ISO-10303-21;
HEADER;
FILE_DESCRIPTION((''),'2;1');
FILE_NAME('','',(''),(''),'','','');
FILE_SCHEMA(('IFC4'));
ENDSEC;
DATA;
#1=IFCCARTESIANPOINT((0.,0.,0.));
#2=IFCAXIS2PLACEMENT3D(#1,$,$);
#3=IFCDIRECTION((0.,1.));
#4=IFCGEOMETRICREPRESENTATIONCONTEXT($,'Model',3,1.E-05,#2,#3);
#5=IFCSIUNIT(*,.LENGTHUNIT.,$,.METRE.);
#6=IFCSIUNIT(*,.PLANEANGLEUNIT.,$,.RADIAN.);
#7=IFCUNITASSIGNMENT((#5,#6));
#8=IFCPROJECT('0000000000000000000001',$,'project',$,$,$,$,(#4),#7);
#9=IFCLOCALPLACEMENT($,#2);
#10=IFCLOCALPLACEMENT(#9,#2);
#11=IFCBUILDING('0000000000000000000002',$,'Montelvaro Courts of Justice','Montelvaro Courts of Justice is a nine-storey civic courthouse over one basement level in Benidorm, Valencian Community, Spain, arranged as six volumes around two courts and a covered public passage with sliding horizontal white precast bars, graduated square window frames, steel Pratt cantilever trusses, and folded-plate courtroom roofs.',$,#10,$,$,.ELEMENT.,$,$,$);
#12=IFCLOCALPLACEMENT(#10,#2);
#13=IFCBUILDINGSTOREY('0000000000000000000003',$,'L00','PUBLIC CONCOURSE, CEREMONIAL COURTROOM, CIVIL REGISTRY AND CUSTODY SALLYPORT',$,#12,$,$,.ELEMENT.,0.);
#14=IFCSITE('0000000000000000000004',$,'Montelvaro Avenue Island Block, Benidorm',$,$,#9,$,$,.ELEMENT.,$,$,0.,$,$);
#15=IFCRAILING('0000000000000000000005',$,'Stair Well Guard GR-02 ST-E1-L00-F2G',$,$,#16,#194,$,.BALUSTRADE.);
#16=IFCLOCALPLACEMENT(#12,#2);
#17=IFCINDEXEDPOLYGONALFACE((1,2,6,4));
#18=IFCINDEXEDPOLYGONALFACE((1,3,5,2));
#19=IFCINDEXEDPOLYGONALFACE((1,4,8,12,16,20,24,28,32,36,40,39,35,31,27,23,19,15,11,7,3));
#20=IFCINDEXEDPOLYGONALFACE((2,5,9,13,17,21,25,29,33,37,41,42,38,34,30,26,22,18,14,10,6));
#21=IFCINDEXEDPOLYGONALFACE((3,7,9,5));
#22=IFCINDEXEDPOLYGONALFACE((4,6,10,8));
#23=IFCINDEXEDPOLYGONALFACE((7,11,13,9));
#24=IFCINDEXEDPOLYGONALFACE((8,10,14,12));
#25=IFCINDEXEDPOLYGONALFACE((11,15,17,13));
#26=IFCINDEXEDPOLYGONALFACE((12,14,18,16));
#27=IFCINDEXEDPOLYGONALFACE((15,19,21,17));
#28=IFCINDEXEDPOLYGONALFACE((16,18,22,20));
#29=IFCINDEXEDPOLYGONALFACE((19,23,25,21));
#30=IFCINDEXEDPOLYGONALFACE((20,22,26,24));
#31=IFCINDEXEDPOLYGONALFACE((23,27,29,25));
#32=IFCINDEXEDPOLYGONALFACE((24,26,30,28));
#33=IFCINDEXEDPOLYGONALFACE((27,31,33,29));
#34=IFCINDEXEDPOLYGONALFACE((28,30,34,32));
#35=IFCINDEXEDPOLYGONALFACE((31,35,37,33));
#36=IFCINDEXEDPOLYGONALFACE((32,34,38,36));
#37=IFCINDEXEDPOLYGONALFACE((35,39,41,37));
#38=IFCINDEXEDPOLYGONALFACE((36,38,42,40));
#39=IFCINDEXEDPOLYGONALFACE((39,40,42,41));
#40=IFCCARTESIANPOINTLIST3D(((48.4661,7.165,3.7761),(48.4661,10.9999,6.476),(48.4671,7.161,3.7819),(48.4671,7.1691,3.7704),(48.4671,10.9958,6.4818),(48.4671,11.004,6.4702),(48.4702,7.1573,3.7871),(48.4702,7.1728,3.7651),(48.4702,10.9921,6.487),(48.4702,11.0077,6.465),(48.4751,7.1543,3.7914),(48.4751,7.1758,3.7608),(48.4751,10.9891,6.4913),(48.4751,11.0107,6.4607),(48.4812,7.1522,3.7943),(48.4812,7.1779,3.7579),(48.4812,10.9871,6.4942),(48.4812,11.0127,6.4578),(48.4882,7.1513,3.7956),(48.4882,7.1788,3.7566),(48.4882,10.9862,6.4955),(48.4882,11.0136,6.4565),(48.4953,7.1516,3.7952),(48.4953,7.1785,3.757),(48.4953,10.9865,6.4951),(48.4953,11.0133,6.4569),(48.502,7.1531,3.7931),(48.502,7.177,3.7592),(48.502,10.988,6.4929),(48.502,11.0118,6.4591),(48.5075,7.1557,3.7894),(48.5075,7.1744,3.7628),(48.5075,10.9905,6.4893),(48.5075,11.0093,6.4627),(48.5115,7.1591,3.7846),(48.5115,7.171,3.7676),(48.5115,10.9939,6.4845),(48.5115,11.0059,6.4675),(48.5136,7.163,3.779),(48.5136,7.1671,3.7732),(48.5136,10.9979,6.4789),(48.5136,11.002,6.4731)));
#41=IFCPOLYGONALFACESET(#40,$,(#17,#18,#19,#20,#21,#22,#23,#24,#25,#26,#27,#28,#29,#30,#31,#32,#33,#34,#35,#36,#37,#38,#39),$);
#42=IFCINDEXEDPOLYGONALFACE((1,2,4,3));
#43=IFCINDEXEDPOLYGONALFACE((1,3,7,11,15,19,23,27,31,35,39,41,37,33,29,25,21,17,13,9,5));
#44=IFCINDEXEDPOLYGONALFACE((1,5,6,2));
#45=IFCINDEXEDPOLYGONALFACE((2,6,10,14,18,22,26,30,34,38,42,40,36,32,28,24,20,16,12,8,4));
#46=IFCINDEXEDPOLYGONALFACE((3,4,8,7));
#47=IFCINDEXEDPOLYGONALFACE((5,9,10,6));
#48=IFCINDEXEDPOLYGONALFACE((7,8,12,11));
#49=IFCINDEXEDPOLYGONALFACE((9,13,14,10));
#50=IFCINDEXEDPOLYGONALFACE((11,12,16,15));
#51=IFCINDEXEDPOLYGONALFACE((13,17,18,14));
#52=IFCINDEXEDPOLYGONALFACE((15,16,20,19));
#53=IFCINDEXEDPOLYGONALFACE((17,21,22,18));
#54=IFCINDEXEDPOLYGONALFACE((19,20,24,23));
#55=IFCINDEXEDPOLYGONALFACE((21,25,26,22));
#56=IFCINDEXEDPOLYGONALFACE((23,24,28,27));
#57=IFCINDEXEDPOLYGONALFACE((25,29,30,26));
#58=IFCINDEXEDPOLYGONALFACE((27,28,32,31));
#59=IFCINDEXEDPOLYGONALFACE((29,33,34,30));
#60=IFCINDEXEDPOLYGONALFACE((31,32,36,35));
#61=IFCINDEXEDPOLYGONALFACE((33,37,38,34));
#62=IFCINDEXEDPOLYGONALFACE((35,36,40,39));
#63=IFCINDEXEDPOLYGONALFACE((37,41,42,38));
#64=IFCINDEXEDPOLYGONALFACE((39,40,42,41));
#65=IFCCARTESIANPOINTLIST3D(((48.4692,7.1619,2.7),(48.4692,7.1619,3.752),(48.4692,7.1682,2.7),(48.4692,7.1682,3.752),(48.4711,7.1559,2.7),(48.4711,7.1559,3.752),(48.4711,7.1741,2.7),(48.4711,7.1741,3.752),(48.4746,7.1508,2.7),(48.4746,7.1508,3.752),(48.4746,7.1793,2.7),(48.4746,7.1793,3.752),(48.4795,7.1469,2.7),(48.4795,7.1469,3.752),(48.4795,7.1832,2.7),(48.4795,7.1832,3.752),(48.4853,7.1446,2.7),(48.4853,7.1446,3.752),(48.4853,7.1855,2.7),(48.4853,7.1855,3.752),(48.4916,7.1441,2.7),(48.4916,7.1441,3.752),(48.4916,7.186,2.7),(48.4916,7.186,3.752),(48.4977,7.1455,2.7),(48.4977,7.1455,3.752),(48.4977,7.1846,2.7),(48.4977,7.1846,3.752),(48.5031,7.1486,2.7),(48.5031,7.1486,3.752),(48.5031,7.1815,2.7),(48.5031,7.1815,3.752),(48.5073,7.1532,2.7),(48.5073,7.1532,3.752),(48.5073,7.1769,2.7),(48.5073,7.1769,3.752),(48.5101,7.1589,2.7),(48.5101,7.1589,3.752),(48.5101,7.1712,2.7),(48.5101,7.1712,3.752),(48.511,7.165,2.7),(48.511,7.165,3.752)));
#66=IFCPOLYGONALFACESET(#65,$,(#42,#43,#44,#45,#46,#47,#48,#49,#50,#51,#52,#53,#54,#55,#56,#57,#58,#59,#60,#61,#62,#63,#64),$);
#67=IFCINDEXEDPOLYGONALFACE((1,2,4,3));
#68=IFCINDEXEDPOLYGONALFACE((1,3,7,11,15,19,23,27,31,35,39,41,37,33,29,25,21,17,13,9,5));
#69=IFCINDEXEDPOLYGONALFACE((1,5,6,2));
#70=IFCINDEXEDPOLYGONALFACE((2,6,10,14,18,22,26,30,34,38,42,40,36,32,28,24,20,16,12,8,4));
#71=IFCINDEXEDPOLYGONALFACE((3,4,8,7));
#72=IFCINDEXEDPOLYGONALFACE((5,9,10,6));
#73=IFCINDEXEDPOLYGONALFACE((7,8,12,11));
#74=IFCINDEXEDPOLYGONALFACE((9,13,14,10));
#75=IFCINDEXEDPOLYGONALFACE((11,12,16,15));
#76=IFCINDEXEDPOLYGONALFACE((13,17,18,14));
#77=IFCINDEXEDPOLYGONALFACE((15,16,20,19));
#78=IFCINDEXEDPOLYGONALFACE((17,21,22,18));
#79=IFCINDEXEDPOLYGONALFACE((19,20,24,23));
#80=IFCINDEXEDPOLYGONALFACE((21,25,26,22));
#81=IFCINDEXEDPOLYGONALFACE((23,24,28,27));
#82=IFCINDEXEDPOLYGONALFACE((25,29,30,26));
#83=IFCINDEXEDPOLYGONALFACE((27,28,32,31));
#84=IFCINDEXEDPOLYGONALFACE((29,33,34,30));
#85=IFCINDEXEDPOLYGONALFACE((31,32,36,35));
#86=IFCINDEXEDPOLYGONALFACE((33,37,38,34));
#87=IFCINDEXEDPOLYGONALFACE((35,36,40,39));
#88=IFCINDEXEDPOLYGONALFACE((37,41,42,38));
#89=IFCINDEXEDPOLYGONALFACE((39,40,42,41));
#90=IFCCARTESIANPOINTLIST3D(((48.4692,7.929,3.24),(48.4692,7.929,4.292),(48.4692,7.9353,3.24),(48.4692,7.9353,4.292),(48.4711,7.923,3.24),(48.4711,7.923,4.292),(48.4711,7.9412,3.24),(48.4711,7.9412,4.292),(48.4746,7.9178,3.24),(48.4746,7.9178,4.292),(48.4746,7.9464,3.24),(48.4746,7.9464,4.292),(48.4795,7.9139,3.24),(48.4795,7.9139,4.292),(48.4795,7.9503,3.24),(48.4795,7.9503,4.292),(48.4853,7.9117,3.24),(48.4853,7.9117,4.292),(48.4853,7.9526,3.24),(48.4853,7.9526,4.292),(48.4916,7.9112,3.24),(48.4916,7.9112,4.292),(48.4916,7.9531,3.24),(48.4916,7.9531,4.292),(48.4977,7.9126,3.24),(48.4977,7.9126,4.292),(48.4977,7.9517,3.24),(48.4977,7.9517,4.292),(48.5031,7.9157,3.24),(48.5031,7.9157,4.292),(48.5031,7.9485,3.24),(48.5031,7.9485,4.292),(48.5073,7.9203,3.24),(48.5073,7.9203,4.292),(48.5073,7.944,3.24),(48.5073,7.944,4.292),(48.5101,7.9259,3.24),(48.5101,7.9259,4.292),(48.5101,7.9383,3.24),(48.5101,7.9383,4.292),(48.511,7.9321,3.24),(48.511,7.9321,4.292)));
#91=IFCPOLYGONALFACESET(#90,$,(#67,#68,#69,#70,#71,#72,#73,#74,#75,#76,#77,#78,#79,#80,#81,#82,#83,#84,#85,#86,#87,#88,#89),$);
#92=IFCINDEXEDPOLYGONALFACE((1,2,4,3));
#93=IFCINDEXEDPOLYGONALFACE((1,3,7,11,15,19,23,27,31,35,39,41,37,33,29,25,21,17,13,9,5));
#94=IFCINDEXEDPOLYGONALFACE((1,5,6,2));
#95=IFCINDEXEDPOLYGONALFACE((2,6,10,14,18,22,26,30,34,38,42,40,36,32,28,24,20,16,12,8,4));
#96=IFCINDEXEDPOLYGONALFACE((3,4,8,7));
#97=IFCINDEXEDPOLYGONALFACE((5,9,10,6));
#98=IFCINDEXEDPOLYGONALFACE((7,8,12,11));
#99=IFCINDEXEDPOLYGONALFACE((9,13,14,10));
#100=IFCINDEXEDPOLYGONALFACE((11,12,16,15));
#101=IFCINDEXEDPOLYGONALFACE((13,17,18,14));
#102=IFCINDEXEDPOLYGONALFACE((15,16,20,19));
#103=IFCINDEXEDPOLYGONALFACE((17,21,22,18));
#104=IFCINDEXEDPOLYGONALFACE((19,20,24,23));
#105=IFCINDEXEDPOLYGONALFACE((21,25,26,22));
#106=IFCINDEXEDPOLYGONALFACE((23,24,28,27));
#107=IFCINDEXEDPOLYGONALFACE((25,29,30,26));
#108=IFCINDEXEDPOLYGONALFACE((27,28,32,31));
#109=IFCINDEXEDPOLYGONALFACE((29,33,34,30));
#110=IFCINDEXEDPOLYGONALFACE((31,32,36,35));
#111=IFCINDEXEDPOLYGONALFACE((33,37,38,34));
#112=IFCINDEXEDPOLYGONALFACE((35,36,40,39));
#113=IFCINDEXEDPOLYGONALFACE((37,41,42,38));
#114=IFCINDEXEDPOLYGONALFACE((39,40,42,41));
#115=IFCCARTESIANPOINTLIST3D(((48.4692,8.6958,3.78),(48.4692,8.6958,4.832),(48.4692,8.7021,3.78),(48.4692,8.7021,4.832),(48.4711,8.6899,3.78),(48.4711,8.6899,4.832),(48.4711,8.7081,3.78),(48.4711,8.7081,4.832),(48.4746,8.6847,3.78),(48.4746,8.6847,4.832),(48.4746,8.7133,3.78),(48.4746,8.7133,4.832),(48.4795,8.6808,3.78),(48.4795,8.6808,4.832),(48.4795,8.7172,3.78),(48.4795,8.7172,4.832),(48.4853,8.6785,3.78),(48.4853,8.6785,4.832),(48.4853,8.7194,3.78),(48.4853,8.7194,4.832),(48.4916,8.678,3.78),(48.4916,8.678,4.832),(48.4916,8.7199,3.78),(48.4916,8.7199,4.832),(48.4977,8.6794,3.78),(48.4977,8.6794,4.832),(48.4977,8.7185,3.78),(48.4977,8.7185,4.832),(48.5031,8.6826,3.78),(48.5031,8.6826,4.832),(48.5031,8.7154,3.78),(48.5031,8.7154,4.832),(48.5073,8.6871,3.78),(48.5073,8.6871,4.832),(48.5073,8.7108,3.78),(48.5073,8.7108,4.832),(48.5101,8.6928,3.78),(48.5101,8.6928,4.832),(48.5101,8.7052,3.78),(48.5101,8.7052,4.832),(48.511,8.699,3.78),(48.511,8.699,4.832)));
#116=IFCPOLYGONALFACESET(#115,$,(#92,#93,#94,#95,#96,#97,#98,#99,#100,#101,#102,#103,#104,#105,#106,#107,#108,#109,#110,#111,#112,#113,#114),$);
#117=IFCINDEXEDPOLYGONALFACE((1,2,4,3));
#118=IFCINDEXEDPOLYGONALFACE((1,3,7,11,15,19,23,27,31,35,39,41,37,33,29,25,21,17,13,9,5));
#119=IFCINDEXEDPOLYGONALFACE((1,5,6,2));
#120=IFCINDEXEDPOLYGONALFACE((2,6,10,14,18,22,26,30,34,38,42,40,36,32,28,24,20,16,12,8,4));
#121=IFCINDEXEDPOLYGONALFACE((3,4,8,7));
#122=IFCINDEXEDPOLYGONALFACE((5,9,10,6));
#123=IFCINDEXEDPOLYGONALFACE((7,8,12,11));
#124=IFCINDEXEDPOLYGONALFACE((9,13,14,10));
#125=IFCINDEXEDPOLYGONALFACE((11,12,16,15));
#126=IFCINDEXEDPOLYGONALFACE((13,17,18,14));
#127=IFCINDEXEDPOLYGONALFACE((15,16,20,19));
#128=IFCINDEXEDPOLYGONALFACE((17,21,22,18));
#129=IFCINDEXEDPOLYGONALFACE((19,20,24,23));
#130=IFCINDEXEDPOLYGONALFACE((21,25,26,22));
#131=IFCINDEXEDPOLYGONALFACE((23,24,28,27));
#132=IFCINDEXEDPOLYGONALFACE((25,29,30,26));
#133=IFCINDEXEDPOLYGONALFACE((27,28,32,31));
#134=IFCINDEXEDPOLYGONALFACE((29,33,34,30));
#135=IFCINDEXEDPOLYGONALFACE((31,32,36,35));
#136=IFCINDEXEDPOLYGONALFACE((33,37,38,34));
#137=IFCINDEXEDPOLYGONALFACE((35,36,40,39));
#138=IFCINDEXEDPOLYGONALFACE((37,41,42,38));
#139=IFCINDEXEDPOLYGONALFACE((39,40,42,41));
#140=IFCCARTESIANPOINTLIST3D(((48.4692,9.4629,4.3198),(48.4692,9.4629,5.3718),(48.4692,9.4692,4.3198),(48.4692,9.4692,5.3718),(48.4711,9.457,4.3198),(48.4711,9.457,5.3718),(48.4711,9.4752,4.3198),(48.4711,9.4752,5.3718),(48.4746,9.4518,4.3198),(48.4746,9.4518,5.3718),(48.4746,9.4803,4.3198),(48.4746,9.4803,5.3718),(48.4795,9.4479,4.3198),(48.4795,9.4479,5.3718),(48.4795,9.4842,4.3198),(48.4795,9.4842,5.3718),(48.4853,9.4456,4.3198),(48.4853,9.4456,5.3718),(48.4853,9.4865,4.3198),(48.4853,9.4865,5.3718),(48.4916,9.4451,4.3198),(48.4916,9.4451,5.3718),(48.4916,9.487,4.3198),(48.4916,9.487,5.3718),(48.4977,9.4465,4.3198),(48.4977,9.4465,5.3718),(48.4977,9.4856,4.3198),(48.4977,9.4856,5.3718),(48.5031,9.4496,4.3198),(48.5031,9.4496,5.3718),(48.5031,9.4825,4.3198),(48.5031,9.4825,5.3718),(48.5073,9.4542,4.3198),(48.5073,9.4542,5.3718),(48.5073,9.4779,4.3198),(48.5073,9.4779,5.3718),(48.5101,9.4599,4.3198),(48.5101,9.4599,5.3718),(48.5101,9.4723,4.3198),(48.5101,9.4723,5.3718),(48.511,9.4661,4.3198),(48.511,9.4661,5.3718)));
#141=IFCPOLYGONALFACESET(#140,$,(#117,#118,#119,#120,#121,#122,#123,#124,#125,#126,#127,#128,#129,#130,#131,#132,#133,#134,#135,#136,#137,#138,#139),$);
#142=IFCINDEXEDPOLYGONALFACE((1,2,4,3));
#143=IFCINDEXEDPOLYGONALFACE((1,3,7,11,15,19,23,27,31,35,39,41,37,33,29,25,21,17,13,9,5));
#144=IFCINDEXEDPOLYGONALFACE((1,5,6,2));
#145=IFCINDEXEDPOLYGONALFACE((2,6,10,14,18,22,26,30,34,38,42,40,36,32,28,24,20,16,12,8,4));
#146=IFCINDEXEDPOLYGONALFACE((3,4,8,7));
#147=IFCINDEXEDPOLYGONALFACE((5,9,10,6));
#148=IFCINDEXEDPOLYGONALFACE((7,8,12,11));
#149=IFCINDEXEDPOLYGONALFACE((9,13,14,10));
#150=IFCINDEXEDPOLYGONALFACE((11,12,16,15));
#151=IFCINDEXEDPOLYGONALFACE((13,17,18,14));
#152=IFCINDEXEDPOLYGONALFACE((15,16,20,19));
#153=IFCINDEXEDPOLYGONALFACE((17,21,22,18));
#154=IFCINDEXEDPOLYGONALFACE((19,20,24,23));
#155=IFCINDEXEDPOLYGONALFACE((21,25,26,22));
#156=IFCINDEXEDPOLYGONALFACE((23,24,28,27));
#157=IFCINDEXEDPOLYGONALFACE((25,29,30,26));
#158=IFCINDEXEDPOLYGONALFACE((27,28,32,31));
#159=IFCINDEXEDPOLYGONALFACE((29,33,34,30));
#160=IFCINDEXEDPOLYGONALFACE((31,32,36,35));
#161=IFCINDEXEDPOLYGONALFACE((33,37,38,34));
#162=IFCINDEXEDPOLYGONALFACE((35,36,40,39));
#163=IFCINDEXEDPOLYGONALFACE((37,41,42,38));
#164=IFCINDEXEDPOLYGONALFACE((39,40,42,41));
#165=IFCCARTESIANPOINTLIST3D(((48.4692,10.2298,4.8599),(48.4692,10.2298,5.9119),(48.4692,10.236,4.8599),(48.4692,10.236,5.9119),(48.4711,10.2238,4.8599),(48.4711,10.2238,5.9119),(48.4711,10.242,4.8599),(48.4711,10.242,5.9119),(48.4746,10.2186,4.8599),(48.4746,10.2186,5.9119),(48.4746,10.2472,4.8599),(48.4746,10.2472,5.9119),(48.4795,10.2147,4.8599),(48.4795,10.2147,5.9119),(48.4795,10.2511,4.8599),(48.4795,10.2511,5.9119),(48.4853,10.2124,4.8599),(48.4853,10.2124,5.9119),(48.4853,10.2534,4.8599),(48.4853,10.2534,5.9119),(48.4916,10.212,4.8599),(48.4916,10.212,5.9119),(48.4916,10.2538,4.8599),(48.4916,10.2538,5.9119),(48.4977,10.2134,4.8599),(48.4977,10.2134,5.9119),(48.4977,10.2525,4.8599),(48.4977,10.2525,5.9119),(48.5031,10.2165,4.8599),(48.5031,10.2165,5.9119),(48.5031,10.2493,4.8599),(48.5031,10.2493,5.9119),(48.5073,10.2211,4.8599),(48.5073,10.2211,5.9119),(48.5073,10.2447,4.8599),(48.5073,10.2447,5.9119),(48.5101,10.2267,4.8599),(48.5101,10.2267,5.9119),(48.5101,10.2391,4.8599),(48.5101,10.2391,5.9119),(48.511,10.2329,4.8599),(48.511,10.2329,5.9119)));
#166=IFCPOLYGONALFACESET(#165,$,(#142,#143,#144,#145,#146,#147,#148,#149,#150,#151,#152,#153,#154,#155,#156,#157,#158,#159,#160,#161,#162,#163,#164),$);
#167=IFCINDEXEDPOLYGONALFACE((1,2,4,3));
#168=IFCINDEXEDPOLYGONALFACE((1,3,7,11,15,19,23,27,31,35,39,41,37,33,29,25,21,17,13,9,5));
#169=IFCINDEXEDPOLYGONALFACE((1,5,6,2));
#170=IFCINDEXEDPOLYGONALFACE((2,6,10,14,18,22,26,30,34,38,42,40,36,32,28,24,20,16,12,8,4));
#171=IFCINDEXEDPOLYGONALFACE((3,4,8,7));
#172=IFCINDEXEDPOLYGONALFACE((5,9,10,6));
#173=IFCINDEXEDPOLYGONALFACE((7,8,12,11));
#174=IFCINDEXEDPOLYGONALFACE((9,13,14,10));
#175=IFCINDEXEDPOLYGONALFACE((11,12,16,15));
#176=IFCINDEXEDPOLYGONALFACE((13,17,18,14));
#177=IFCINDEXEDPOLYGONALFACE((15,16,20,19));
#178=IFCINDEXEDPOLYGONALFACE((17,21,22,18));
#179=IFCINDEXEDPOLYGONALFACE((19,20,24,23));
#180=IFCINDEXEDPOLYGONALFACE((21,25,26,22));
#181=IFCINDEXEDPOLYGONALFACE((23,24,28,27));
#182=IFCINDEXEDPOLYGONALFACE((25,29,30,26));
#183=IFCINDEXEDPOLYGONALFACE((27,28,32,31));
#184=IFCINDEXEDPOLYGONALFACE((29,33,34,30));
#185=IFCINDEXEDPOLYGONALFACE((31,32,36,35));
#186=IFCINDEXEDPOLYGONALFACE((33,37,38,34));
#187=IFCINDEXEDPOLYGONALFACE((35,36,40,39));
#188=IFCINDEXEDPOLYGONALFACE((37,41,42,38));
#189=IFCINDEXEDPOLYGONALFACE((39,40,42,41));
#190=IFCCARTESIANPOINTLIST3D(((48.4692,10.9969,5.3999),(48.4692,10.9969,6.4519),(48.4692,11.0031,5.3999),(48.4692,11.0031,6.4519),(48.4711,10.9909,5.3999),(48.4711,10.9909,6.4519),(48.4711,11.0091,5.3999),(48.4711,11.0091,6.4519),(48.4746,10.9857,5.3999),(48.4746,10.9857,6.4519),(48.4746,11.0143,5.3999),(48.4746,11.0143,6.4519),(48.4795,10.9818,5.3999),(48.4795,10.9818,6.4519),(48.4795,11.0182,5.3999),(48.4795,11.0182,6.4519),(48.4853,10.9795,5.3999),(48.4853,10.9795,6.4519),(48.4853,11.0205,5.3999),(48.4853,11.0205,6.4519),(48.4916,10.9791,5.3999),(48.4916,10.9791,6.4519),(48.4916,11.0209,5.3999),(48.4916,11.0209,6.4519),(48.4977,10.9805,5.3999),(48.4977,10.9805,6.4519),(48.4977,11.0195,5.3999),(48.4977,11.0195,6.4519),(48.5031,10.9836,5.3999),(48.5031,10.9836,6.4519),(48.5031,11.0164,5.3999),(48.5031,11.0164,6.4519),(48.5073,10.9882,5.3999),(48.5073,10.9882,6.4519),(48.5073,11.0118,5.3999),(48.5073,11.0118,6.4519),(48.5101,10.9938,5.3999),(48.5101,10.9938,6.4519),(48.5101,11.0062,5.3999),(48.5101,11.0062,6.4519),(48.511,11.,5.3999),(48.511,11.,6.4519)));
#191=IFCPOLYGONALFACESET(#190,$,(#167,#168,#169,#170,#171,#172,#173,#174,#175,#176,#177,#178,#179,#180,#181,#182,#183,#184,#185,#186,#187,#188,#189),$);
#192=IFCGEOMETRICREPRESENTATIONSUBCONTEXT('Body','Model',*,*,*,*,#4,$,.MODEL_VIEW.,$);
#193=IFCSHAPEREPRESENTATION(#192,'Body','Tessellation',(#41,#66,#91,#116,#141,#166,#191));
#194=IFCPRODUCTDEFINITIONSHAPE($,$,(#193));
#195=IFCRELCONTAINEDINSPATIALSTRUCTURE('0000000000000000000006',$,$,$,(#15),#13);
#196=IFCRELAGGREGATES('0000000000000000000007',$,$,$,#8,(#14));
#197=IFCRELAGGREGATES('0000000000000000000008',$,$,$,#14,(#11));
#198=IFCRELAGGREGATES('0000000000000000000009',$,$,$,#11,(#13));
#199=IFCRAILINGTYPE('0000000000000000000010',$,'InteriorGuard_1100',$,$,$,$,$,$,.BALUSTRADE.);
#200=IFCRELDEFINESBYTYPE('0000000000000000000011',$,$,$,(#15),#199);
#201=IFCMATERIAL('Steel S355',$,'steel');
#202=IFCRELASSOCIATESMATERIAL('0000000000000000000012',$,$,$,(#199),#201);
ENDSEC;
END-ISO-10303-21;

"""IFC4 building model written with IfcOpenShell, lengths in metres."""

from ifc_helpers import new_model, si_unit, direction, frame, origin, origin_2d, place, context, subcontext, project, spatial, circle, extrude, material, type_object, element, save


model = new_model("IFC4")

# Units and contexts
model_context = context("Model", 3, precision=1e-05, world=origin(), true_north=direction((0.0, 1.0)))
body_context = subcontext(model_context, "Body", "Model", "MODEL_VIEW")
ifc_project = project(units=[si_unit("LENGTHUNIT", "METRE"), si_unit("PLANEANGLEUNIT", "RADIAN")], contexts=[model_context])

# Site, building, storey
site_placement = place(None, origin())
site = spatial("IfcSite", under=ifc_project, at=site_placement, Name="Montelvaro Avenue Island Block, Benidorm", CompositionType="ELEMENT", RefElevation=0.0)
building_placement = place(site_placement, origin())
building = spatial("IfcBuilding", under=site, at=building_placement, Name="Montelvaro Courts of Justice", Description="Montelvaro Courts of Justice is a nine-storey civic courthouse over one basement level in Benidorm, Valencian Community, Spain, arranged as six volumes around two courts and a covered public passage with sliding horizontal white precast bars, graduated square window frames, steel Pratt cantilever trusses, and folded-plate courtroom roofs.", CompositionType="ELEMENT")
storey_placement = place(building_placement, origin())
storey = spatial("IfcBuildingStorey", under=building, at=storey_placement, Name="L00", Description="PUBLIC CONCOURSE, CEREMONIAL COURTROOM, CIVIL REGISTRY AND CUSTODY SALLYPORT", CompositionType="ELEMENT", Elevation=0.0)

# Shared definitions
ifc_material_1 = material(Name="Steel S355", Category="steel")

# Railing
railing_type_1 = type_object("IfcRailingType", Name="InteriorGuard_1100", PredefinedType="BALUSTRADE", material=ifc_material_1)
railing_1_placement = place(storey_placement, frame((48.49, 7.165, 2.7)))
element("IfcRailing", 1, at=railing_1_placement, inside=storey, type_object=railing_type_1, Name="Stair Well Guard GR-02 ST-E1-L00-F2G", PredefinedType="BALUSTRADE", context=body_context, shape_type="SweptSolid", body=[
    extrude(circle(Radius=0.0239, at=origin_2d()), frame((0.0, 0.0, 1.0762), z_axis=(0.0, 0.817678, 0.575675), x_axis=(-1.0, 0.0, 0.0)), (0.0, 0.0, 1.0), 4.6899),
    extrude(circle(Radius=0.021, at=origin_2d()), origin(), (0.0, 0.0, 1.0), 1.052),
    extrude(circle(Radius=0.021, at=origin_2d()), frame((0.0, 0.7671, 0.54)), (0.0, 0.0, 1.0), 1.052),
    extrude(circle(Radius=0.021, at=origin_2d()), frame((0.0, 1.5339, 1.0801)), (0.0, 0.0, 1.0), 1.052),
    extrude(circle(Radius=0.021, at=origin_2d()), frame((0.0, 2.301, 1.6199)), (0.0, 0.0, 1.0), 1.052),
    extrude(circle(Radius=0.021, at=origin_2d()), frame((0.0, 3.0679, 2.1599)), (0.0, 0.0, 1.0), 1.052),
    extrude(circle(Radius=0.021, at=origin_2d()), frame((0.0, 3.835, 2.7)), (0.0, 0.0, 1.0), 1.052),
])

save(model, "model.ifc")
